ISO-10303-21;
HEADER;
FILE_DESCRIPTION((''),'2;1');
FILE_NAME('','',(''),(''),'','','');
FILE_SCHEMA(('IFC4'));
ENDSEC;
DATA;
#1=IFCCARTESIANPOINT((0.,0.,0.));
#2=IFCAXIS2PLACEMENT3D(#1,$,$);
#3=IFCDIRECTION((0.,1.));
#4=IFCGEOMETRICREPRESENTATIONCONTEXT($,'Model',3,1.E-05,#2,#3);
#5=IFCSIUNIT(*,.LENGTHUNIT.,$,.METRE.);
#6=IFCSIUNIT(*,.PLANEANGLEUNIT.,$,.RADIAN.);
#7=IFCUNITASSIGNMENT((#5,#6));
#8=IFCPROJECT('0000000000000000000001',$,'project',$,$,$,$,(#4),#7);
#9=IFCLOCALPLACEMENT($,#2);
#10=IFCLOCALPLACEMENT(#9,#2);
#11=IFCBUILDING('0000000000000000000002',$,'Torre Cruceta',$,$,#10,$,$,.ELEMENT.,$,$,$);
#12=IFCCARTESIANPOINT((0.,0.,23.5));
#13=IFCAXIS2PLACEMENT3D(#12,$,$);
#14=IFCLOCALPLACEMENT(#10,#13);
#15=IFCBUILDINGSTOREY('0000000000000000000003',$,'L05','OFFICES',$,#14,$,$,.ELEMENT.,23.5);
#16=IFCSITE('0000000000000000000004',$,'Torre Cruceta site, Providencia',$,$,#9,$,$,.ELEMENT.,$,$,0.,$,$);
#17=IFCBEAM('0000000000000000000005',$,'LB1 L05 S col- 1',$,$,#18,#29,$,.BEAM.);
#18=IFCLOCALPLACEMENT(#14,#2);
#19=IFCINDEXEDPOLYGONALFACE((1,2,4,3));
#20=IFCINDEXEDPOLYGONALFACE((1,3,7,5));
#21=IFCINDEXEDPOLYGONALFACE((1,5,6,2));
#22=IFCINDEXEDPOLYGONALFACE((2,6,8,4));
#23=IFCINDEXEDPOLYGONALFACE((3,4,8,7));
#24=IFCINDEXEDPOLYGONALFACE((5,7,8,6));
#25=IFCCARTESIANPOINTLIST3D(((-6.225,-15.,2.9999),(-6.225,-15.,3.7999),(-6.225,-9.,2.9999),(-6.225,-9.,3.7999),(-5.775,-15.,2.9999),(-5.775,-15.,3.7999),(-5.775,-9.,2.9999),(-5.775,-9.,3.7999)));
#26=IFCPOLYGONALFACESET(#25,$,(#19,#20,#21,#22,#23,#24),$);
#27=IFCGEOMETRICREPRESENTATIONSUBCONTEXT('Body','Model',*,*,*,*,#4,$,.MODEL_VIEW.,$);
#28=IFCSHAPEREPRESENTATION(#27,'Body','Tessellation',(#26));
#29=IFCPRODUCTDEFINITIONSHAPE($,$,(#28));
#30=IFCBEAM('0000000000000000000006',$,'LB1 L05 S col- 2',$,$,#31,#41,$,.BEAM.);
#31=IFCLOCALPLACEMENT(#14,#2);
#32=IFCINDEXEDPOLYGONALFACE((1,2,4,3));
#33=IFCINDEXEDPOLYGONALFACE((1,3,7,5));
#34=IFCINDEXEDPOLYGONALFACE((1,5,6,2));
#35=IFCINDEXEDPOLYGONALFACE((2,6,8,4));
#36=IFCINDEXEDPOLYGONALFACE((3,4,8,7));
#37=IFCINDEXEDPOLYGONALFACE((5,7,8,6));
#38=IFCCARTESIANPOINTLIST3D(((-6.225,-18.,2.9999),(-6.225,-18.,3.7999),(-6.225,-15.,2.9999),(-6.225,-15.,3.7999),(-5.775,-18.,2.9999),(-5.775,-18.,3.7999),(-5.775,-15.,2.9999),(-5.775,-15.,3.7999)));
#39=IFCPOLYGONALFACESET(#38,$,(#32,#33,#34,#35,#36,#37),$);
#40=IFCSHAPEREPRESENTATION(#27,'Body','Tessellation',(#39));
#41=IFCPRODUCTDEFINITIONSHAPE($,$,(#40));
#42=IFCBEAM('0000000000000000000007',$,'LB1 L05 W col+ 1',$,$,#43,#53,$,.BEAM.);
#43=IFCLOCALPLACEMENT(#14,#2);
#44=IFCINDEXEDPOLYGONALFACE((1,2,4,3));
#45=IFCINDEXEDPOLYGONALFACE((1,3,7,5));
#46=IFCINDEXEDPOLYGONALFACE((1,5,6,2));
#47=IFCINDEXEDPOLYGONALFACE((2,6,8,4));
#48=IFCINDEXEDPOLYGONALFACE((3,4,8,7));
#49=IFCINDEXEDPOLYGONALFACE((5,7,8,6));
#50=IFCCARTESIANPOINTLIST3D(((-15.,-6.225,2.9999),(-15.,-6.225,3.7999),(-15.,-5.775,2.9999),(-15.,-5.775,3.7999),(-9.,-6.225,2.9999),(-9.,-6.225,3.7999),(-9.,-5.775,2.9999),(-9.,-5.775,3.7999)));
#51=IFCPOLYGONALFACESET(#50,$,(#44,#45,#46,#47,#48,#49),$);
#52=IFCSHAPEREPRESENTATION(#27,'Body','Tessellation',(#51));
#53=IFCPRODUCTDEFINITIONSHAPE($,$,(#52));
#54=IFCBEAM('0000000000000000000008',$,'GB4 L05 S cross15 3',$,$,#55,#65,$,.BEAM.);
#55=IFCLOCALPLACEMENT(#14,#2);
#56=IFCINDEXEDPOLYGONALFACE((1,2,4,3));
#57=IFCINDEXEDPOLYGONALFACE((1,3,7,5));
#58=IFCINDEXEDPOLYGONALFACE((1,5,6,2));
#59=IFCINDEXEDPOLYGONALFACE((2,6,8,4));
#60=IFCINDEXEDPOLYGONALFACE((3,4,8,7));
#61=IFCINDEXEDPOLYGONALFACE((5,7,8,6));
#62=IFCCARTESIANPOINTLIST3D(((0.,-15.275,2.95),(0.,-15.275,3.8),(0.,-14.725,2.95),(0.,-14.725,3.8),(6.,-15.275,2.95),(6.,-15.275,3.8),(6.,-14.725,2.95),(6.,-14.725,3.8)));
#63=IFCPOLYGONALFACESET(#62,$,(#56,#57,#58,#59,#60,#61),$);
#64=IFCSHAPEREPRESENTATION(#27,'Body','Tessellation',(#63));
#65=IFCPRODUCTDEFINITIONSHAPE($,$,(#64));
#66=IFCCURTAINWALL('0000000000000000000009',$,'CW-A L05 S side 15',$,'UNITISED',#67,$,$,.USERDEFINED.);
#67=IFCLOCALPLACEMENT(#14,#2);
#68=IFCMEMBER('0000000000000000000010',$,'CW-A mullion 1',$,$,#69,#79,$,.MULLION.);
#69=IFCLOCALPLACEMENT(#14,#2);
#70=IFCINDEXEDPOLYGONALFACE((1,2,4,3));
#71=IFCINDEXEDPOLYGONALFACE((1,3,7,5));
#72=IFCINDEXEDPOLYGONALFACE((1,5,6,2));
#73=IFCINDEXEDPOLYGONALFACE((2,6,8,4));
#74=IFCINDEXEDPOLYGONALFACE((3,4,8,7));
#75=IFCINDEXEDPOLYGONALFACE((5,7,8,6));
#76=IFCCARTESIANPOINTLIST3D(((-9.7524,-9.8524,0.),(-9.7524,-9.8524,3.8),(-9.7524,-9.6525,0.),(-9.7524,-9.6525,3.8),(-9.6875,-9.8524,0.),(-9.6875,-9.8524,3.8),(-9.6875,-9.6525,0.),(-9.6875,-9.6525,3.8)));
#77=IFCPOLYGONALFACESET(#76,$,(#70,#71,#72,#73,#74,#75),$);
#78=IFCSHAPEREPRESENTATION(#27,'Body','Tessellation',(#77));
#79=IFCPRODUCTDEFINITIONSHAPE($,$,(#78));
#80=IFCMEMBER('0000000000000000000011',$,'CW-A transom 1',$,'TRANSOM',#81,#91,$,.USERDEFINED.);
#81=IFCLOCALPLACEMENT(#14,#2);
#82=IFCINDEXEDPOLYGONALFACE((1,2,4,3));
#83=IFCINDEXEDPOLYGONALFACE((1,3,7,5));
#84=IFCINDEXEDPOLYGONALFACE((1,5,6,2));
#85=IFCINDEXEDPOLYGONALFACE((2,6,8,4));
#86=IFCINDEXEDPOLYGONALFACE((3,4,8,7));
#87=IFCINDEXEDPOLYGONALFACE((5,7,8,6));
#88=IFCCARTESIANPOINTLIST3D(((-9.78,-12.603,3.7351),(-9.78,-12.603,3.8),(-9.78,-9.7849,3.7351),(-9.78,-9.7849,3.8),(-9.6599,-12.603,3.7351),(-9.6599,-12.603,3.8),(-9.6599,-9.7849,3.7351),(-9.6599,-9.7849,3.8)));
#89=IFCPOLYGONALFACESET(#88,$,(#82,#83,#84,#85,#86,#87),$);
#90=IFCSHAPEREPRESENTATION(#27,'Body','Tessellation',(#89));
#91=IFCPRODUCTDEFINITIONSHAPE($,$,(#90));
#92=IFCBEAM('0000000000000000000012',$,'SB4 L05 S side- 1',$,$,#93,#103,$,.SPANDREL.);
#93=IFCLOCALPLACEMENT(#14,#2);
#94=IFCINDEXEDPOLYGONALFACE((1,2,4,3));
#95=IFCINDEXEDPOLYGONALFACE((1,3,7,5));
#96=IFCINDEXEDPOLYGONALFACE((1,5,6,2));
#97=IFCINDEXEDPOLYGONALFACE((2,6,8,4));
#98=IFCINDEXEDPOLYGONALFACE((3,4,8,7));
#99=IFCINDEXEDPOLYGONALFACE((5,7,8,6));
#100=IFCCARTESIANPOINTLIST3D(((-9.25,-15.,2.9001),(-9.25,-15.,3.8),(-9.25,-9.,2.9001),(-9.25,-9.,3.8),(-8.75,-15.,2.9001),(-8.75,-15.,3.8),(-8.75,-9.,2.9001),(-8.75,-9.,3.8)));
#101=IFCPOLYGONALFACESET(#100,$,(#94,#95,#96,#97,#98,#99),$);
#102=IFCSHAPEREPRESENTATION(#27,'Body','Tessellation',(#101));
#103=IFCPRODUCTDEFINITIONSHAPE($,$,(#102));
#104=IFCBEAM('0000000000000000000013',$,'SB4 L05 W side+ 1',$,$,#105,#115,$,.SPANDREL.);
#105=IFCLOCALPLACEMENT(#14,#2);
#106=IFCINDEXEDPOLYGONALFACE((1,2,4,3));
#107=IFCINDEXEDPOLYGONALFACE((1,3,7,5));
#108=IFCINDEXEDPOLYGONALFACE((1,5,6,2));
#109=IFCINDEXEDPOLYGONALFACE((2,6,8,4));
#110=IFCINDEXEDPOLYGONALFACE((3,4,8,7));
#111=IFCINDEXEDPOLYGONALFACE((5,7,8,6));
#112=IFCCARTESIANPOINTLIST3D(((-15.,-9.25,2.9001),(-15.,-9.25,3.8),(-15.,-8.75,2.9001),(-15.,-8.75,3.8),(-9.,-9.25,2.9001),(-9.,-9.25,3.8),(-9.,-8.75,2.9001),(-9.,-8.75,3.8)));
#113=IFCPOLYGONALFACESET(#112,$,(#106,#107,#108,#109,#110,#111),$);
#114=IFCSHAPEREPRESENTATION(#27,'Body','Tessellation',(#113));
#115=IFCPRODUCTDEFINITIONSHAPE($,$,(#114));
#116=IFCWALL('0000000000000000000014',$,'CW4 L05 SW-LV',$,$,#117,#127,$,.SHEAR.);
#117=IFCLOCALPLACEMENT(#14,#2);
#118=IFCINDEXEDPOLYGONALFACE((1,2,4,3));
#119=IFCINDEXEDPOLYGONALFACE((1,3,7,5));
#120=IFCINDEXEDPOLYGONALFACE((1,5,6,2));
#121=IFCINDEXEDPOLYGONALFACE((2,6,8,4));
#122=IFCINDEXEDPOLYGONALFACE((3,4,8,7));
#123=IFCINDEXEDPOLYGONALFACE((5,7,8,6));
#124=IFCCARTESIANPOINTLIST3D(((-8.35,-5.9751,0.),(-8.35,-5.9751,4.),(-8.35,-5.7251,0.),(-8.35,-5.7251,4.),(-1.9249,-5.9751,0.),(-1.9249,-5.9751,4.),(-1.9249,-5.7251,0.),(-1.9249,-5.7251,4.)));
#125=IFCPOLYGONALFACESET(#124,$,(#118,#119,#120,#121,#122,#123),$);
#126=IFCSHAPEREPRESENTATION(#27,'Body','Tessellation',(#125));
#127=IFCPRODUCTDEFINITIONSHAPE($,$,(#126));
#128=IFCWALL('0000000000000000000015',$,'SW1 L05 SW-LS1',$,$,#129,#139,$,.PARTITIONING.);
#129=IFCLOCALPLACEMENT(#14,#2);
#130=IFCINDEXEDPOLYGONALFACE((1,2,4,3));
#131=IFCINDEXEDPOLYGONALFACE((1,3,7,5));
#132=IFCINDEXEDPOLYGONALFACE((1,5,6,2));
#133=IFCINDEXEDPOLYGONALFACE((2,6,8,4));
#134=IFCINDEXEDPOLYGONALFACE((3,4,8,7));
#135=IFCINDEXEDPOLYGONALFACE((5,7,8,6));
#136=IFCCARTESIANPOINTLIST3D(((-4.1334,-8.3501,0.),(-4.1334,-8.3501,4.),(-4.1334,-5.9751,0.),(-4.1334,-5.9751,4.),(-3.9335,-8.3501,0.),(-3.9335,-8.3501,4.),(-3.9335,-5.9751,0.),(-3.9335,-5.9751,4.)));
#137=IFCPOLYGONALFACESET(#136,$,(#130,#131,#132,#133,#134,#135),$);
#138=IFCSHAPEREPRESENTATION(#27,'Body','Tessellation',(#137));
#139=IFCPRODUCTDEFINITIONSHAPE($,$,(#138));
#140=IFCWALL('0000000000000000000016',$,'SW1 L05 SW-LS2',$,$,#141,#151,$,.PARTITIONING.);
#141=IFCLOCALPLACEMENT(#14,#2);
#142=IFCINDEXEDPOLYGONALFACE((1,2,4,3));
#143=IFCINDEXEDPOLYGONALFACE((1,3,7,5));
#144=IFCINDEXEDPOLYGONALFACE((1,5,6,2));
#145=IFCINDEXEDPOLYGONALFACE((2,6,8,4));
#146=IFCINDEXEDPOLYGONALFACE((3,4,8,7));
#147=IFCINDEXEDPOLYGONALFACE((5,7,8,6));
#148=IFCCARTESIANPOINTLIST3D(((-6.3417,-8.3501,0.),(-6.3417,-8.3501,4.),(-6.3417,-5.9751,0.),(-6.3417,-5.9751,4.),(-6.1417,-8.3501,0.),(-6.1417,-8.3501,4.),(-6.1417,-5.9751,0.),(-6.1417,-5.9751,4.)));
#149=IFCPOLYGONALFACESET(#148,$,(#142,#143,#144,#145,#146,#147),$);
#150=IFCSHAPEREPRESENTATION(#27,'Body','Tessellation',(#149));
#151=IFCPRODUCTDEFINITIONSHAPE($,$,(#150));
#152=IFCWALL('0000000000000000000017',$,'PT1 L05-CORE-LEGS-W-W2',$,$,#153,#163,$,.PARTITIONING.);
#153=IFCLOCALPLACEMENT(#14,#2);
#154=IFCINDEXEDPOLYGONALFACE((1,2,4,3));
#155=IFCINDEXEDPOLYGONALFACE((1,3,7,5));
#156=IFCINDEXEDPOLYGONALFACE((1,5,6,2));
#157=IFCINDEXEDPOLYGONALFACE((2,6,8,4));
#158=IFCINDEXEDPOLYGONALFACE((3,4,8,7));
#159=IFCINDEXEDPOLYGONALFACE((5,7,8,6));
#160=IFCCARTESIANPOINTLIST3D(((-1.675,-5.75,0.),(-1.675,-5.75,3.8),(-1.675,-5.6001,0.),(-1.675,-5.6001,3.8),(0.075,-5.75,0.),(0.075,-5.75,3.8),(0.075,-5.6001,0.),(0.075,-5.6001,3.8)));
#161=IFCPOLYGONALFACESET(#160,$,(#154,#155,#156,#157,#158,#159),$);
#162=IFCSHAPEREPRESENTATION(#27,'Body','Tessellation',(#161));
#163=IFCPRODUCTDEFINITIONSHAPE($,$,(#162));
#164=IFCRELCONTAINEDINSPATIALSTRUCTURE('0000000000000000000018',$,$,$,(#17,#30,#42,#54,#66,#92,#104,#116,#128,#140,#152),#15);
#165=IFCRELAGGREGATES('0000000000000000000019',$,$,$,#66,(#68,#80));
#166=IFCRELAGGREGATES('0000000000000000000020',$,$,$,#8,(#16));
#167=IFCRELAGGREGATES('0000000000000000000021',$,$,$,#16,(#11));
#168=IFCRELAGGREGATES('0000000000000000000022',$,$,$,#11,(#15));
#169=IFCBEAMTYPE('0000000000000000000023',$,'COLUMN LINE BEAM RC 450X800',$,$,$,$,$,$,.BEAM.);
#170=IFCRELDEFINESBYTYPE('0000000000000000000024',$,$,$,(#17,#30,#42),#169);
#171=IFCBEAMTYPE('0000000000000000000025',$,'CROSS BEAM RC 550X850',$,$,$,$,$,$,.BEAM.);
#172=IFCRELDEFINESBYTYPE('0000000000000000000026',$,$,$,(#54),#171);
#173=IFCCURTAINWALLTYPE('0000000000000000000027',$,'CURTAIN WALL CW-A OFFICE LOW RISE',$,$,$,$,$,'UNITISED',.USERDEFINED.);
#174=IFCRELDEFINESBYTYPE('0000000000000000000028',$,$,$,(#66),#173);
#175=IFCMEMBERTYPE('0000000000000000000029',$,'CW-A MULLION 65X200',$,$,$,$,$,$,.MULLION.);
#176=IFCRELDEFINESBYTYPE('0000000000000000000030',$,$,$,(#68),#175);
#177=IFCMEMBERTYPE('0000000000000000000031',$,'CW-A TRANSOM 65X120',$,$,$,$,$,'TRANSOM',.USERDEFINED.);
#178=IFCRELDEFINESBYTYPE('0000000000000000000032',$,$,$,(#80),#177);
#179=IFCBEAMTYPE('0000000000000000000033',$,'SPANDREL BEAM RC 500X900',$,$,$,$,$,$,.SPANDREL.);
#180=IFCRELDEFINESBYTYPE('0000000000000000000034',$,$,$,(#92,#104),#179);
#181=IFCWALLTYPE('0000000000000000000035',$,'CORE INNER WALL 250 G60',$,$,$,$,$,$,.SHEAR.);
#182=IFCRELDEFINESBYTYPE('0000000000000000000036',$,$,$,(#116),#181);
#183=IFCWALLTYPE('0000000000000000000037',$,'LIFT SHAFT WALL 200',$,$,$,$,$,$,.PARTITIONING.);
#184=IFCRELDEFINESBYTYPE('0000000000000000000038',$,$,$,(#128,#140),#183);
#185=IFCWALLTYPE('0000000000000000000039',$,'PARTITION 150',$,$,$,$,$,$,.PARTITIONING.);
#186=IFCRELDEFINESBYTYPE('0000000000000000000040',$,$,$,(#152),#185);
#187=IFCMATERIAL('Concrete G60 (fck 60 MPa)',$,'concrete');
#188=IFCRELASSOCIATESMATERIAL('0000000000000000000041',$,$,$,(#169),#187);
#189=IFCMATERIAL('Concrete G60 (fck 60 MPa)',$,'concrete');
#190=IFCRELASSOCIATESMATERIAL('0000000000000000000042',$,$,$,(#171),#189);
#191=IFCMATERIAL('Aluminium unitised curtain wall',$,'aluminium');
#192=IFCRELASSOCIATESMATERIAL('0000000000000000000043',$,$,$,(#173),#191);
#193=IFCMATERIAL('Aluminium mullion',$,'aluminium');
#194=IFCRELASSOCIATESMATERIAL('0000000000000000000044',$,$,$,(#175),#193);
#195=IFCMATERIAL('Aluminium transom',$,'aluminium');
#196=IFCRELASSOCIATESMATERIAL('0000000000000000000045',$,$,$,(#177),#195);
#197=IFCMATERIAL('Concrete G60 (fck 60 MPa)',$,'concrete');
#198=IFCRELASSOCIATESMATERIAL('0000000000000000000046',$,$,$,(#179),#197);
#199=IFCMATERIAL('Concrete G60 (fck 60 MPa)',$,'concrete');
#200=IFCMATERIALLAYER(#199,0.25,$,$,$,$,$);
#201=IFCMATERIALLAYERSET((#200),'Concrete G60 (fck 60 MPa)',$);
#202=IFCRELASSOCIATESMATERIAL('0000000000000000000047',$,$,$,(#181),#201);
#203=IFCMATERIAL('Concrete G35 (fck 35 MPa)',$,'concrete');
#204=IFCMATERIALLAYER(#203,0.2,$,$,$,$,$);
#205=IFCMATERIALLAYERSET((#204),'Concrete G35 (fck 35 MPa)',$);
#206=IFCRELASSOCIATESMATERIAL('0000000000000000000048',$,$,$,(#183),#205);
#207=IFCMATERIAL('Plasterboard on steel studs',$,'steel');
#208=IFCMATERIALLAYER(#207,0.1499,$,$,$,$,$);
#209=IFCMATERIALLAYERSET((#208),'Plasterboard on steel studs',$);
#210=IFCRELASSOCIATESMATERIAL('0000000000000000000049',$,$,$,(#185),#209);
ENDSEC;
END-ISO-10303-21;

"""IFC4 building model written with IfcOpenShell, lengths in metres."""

from ifc_helpers import new_model, si_unit, direction, frame, frame_2d, origin, origin_2d, place, context, subcontext, project, spatial, rectangle, extrude, material, layer, layer_set, material_profile, profile_set, type_object, element, aggregate, save


model = new_model("IFC4")

# Units and contexts
model_context = context("Model", 3, precision=1e-05, world=origin(), true_north=direction((0.0, 1.0)))
body_context = subcontext(model_context, "Body", "Model", "MODEL_VIEW")
ifc_project = project(units=[si_unit("LENGTHUNIT", "METRE"), si_unit("PLANEANGLEUNIT", "RADIAN")], contexts=[model_context])

# Site, building, storey
site_placement = place(None, origin())
site = spatial("IfcSite", under=ifc_project, at=site_placement, Name="Torre Cruceta site, Providencia", CompositionType="ELEMENT", RefElevation=0.0)
building_placement = place(site_placement, origin())
building = spatial("IfcBuilding", under=site, at=building_placement, Name="Torre Cruceta", CompositionType="ELEMENT")
storey_placement = place(building_placement, frame((0.0, 0.0, 23.5)))
storey = spatial("IfcBuildingStorey", under=building, at=storey_placement, Name="L05", Description="OFFICES", CompositionType="ELEMENT", Elevation=23.5)

# Beams
ifc_material_1 = material(Name="Concrete G60 (fck 60 MPa)", Category="concrete")
ifc_material_profile_1 = material_profile(ifc_material_1, rectangle(XDim=0.45, YDim=0.8, at=origin_2d()), Name="RC 450X800")
ifc_profile_set_1 = profile_set([ifc_material_profile_1], Name="Concrete G60 (fck 60 MPa)")
beam_type_1 = type_object("IfcBeamType", Name="COLUMN LINE BEAM RC 450X800", PredefinedType="BEAM", material=ifc_profile_set_1)
beam_1_placement = place(storey_placement, frame((-6.0, -9.0, 3.3999), z_axis=(0.0, -1.0, 0.0), x_axis=(1.0, 0.0, 0.0)))
element("IfcBeam", 1, at=beam_1_placement, inside=storey, type_object=beam_type_1, Name="LB1 L05 S col- 1", PredefinedType="BEAM", context=body_context, shape_type="SweptSolid", body=[
    extrude(rectangle(XDim=0.45, YDim=0.8, at=origin_2d()), origin(), (0.0, 0.0, 1.0), 6.0),
])
beam_2_placement = place(storey_placement, frame((-6.0, -15.0, 3.3999), z_axis=(0.0, -1.0, 0.0), x_axis=(1.0, 0.0, 0.0)))
element("IfcBeam", 2, at=beam_2_placement, inside=storey, type_object=beam_type_1, Name="LB1 L05 S col- 2", PredefinedType="BEAM", context=body_context, shape_type="SweptSolid", body=[
    extrude(rectangle(XDim=0.45, YDim=0.8, at=origin_2d()), origin(), (0.0, 0.0, 1.0), 3.0),
])
beam_3_placement = place(storey_placement, frame((-9.0, -6.0, 3.3999), z_axis=(-1.0, 0.0, 0.0), x_axis=(0.0, -1.0, 0.0)))
element("IfcBeam", 3, at=beam_3_placement, inside=storey, type_object=beam_type_1, Name="LB1 L05 W col+ 1", PredefinedType="BEAM", context=body_context, shape_type="SweptSolid", body=[
    extrude(rectangle(XDim=0.45, YDim=0.8, at=origin_2d()), origin(), (0.0, 0.0, 1.0), 6.0),
])
ifc_material_2 = material(Name="Concrete G60 (fck 60 MPa)", Category="concrete")
ifc_material_profile_2 = material_profile(ifc_material_2, rectangle(XDim=0.55, YDim=0.8501, at=origin_2d()), Name="RC 550X850")
ifc_profile_set_2 = profile_set([ifc_material_profile_2], Name="Concrete G60 (fck 60 MPa)")
beam_type_2 = type_object("IfcBeamType", Name="CROSS BEAM RC 550X850", PredefinedType="BEAM", material=ifc_profile_set_2)
beam_4_placement = place(storey_placement, frame((0.0, -15.0, 3.375), z_axis=(1.0, 0.0, 0.0), x_axis=(0.0, 1.0, 0.0)))
element("IfcBeam", 4, at=beam_4_placement, inside=storey, type_object=beam_type_2, Name="GB4 L05 S cross15 3", PredefinedType="BEAM", context=body_context, shape_type="SweptSolid", body=[
    extrude(rectangle(XDim=0.55, YDim=0.8501, at=origin_2d()), origin(), (0.0, 0.0, 1.0), 6.0),
])

# Curtain wall, members
ifc_material_3 = material(Name="Aluminium unitised curtain wall", Category="aluminium")
curtain_wall_type = type_object("IfcCurtainWallType", Name="CURTAIN WALL CW-A OFFICE LOW RISE", ElementType="UNITISED", PredefinedType="USERDEFINED", material=ifc_material_3)
curtain_wall_placement = place(storey_placement, origin())
curtain_wall = element("IfcCurtainWall", 5, at=curtain_wall_placement, inside=storey, type_object=curtain_wall_type, Name="CW-A L05 S side 15", ObjectType="UNITISED", PredefinedType="USERDEFINED")
ifc_material_4 = material(Name="Aluminium mullion", Category="aluminium")
ifc_material_profile_3 = material_profile(ifc_material_4, rectangle(XDim=0.0649, YDim=0.2, at=origin_2d()), Name="AL 65X200")
ifc_profile_set_3 = profile_set([ifc_material_profile_3], Name="Aluminium mullion")
member_type_1 = type_object("IfcMemberType", Name="CW-A MULLION 65X200", PredefinedType="MULLION", material=ifc_profile_set_3)
member_1_placement = place(storey_placement, frame((-9.72, -9.7524, 0.0), z_axis=(0.0, 0.0, 1.0), x_axis=(1.0, 0.0, 0.0)))
member_1 = element("IfcMember", 6, at=member_1_placement, type_object=member_type_1, Name="CW-A mullion 1", PredefinedType="MULLION", context=body_context, shape_type="SweptSolid", body=[
    extrude(rectangle(XDim=0.0649, YDim=0.2, at=origin_2d()), origin(), (0.0, 0.0, 1.0), 3.8),
])
ifc_material_5 = material(Name="Aluminium transom", Category="aluminium")
ifc_material_profile_4 = material_profile(ifc_material_5, rectangle(XDim=0.1201, YDim=0.0649, at=origin_2d()), Name="AL 120X65")
ifc_profile_set_4 = profile_set([ifc_material_profile_4], Name="Aluminium transom")
member_type_2 = type_object("IfcMemberType", Name="CW-A TRANSOM 65X120", ElementType="TRANSOM", PredefinedType="USERDEFINED", material=ifc_profile_set_4)
member_2_placement = place(storey_placement, frame((-9.72, -9.7849, 3.7676), z_axis=(0.0, -1.0, 0.0), x_axis=(1.0, 0.0, 0.0)))
member_2 = element("IfcMember", 7, at=member_2_placement, type_object=member_type_2, Name="CW-A transom 1", ObjectType="TRANSOM", PredefinedType="USERDEFINED", context=body_context, shape_type="SweptSolid", body=[
    extrude(rectangle(XDim=0.1201, YDim=0.0649, at=origin_2d()), origin(), (0.0, 0.0, 1.0), 2.8181),
])
aggregate(curtain_wall, [member_1, member_2])

# Beams
ifc_material_6 = material(Name="Concrete G60 (fck 60 MPa)", Category="concrete")
ifc_material_profile_5 = material_profile(ifc_material_6, rectangle(XDim=0.5, YDim=0.8999, at=origin_2d()), Name="RC 500X900")
ifc_profile_set_5 = profile_set([ifc_material_profile_5], Name="Concrete G60 (fck 60 MPa)")
beam_type_3 = type_object("IfcBeamType", Name="SPANDREL BEAM RC 500X900", PredefinedType="SPANDREL", material=ifc_profile_set_5)
for number, where, z_axis, x_axis, name in (
    (8, (-9.0, -9.0, 3.3501), (0.0, -1.0, 0.0), (1.0, 0.0, 0.0), "SB4 L05 S side- 1"),
    (9, (-9.0, -9.0, 3.3501), (-1.0, 0.0, 0.0), (0.0, -1.0, 0.0), "SB4 L05 W side+ 1"),
):
    element("IfcBeam", number, at=place(storey_placement, frame(where, z_axis=z_axis, x_axis=x_axis)), inside=storey, type_object=beam_type_3, Name=name, PredefinedType="SPANDREL", context=body_context, shape_type="SweptSolid", body=[
        extrude(rectangle(XDim=0.5, YDim=0.8999, at=origin_2d()), origin(), (0.0, 0.0, 1.0), 6.0),
    ])

# Wall
ifc_material_7 = material(Name="Concrete G60 (fck 60 MPa)", Category="concrete")
ifc_layer_1 = layer(ifc_material_7, 0.25)
ifc_layer_set_1 = layer_set([ifc_layer_1], Name="Concrete G60 (fck 60 MPa)")
wall_type_1 = type_object("IfcWallType", Name="CORE INNER WALL 250 G60", PredefinedType="SHEAR", material=ifc_layer_set_1)
wall_1_placement = place(storey_placement, frame((-1.925, -5.8501, 0.0), z_axis=(0.0, 0.0, 1.0), x_axis=(-1.0, 0.0, 0.0)))
element("IfcWall", 10, at=wall_1_placement, inside=storey, type_object=wall_type_1, Name="CW4 L05 SW-LV", PredefinedType="SHEAR", context=body_context, shape_type="SweptSolid", body=[
    extrude(rectangle(XDim=6.425, YDim=0.25, at=frame_2d((3.2124, 0.0))), origin(), (0.0, 0.0, 1.0), 4.0),
])

# Walls
ifc_material_8 = material(Name="Concrete G35 (fck 35 MPa)", Category="concrete")
ifc_layer_2 = layer(ifc_material_8, 0.2)
ifc_layer_set_2 = layer_set([ifc_layer_2], Name="Concrete G35 (fck 35 MPa)")
wall_type_2 = type_object("IfcWallType", Name="LIFT SHAFT WALL 200", PredefinedType="PARTITIONING", material=ifc_layer_set_2)
for number, where, z_axis, x_axis, name in (
    (11, (-4.0334, -5.9751, 0.0), (0.0, 0.0, 1.0), (0.0, -1.0, 0.0), "SW1 L05 SW-LS1"),
    (12, (-6.2417, -5.9751, 0.0), (0.0, 0.0, 1.0), (0.0, -1.0, 0.0), "SW1 L05 SW-LS2"),
):
    element("IfcWall", number, at=place(storey_placement, frame(where, z_axis=z_axis, x_axis=x_axis)), inside=storey, type_object=wall_type_2, Name=name, PredefinedType="PARTITIONING", context=body_context, shape_type="SweptSolid", body=[
        extrude(rectangle(XDim=2.375, YDim=0.2, at=frame_2d((1.1875, 0.0))), origin(), (0.0, 0.0, 1.0), 4.0),
    ])
ifc_material_9 = material(Name="Plasterboard on steel studs", Category="steel")
ifc_layer_3 = layer(ifc_material_9, 0.1499)
ifc_layer_set_3 = layer_set([ifc_layer_3], Name="Plasterboard on steel studs")
wall_type_3 = type_object("IfcWallType", Name="PARTITION 150", PredefinedType="PARTITIONING", material=ifc_layer_set_3)
wall_2_placement = place(storey_placement, frame((-1.675, -5.675, 0.0), z_axis=(0.0, 0.0, 1.0), x_axis=(1.0, 0.0, 0.0)))
element("IfcWall", 13, at=wall_2_placement, inside=storey, type_object=wall_type_3, Name="PT1 L05-CORE-LEGS-W-W2", PredefinedType="PARTITIONING", context=body_context, shape_type="SweptSolid", body=[
    extrude(rectangle(XDim=1.75, YDim=0.1499, at=frame_2d((0.875, 0.0))), origin(), (0.0, 0.0, 1.0), 3.8),
])

save(model, "model.ifc")
